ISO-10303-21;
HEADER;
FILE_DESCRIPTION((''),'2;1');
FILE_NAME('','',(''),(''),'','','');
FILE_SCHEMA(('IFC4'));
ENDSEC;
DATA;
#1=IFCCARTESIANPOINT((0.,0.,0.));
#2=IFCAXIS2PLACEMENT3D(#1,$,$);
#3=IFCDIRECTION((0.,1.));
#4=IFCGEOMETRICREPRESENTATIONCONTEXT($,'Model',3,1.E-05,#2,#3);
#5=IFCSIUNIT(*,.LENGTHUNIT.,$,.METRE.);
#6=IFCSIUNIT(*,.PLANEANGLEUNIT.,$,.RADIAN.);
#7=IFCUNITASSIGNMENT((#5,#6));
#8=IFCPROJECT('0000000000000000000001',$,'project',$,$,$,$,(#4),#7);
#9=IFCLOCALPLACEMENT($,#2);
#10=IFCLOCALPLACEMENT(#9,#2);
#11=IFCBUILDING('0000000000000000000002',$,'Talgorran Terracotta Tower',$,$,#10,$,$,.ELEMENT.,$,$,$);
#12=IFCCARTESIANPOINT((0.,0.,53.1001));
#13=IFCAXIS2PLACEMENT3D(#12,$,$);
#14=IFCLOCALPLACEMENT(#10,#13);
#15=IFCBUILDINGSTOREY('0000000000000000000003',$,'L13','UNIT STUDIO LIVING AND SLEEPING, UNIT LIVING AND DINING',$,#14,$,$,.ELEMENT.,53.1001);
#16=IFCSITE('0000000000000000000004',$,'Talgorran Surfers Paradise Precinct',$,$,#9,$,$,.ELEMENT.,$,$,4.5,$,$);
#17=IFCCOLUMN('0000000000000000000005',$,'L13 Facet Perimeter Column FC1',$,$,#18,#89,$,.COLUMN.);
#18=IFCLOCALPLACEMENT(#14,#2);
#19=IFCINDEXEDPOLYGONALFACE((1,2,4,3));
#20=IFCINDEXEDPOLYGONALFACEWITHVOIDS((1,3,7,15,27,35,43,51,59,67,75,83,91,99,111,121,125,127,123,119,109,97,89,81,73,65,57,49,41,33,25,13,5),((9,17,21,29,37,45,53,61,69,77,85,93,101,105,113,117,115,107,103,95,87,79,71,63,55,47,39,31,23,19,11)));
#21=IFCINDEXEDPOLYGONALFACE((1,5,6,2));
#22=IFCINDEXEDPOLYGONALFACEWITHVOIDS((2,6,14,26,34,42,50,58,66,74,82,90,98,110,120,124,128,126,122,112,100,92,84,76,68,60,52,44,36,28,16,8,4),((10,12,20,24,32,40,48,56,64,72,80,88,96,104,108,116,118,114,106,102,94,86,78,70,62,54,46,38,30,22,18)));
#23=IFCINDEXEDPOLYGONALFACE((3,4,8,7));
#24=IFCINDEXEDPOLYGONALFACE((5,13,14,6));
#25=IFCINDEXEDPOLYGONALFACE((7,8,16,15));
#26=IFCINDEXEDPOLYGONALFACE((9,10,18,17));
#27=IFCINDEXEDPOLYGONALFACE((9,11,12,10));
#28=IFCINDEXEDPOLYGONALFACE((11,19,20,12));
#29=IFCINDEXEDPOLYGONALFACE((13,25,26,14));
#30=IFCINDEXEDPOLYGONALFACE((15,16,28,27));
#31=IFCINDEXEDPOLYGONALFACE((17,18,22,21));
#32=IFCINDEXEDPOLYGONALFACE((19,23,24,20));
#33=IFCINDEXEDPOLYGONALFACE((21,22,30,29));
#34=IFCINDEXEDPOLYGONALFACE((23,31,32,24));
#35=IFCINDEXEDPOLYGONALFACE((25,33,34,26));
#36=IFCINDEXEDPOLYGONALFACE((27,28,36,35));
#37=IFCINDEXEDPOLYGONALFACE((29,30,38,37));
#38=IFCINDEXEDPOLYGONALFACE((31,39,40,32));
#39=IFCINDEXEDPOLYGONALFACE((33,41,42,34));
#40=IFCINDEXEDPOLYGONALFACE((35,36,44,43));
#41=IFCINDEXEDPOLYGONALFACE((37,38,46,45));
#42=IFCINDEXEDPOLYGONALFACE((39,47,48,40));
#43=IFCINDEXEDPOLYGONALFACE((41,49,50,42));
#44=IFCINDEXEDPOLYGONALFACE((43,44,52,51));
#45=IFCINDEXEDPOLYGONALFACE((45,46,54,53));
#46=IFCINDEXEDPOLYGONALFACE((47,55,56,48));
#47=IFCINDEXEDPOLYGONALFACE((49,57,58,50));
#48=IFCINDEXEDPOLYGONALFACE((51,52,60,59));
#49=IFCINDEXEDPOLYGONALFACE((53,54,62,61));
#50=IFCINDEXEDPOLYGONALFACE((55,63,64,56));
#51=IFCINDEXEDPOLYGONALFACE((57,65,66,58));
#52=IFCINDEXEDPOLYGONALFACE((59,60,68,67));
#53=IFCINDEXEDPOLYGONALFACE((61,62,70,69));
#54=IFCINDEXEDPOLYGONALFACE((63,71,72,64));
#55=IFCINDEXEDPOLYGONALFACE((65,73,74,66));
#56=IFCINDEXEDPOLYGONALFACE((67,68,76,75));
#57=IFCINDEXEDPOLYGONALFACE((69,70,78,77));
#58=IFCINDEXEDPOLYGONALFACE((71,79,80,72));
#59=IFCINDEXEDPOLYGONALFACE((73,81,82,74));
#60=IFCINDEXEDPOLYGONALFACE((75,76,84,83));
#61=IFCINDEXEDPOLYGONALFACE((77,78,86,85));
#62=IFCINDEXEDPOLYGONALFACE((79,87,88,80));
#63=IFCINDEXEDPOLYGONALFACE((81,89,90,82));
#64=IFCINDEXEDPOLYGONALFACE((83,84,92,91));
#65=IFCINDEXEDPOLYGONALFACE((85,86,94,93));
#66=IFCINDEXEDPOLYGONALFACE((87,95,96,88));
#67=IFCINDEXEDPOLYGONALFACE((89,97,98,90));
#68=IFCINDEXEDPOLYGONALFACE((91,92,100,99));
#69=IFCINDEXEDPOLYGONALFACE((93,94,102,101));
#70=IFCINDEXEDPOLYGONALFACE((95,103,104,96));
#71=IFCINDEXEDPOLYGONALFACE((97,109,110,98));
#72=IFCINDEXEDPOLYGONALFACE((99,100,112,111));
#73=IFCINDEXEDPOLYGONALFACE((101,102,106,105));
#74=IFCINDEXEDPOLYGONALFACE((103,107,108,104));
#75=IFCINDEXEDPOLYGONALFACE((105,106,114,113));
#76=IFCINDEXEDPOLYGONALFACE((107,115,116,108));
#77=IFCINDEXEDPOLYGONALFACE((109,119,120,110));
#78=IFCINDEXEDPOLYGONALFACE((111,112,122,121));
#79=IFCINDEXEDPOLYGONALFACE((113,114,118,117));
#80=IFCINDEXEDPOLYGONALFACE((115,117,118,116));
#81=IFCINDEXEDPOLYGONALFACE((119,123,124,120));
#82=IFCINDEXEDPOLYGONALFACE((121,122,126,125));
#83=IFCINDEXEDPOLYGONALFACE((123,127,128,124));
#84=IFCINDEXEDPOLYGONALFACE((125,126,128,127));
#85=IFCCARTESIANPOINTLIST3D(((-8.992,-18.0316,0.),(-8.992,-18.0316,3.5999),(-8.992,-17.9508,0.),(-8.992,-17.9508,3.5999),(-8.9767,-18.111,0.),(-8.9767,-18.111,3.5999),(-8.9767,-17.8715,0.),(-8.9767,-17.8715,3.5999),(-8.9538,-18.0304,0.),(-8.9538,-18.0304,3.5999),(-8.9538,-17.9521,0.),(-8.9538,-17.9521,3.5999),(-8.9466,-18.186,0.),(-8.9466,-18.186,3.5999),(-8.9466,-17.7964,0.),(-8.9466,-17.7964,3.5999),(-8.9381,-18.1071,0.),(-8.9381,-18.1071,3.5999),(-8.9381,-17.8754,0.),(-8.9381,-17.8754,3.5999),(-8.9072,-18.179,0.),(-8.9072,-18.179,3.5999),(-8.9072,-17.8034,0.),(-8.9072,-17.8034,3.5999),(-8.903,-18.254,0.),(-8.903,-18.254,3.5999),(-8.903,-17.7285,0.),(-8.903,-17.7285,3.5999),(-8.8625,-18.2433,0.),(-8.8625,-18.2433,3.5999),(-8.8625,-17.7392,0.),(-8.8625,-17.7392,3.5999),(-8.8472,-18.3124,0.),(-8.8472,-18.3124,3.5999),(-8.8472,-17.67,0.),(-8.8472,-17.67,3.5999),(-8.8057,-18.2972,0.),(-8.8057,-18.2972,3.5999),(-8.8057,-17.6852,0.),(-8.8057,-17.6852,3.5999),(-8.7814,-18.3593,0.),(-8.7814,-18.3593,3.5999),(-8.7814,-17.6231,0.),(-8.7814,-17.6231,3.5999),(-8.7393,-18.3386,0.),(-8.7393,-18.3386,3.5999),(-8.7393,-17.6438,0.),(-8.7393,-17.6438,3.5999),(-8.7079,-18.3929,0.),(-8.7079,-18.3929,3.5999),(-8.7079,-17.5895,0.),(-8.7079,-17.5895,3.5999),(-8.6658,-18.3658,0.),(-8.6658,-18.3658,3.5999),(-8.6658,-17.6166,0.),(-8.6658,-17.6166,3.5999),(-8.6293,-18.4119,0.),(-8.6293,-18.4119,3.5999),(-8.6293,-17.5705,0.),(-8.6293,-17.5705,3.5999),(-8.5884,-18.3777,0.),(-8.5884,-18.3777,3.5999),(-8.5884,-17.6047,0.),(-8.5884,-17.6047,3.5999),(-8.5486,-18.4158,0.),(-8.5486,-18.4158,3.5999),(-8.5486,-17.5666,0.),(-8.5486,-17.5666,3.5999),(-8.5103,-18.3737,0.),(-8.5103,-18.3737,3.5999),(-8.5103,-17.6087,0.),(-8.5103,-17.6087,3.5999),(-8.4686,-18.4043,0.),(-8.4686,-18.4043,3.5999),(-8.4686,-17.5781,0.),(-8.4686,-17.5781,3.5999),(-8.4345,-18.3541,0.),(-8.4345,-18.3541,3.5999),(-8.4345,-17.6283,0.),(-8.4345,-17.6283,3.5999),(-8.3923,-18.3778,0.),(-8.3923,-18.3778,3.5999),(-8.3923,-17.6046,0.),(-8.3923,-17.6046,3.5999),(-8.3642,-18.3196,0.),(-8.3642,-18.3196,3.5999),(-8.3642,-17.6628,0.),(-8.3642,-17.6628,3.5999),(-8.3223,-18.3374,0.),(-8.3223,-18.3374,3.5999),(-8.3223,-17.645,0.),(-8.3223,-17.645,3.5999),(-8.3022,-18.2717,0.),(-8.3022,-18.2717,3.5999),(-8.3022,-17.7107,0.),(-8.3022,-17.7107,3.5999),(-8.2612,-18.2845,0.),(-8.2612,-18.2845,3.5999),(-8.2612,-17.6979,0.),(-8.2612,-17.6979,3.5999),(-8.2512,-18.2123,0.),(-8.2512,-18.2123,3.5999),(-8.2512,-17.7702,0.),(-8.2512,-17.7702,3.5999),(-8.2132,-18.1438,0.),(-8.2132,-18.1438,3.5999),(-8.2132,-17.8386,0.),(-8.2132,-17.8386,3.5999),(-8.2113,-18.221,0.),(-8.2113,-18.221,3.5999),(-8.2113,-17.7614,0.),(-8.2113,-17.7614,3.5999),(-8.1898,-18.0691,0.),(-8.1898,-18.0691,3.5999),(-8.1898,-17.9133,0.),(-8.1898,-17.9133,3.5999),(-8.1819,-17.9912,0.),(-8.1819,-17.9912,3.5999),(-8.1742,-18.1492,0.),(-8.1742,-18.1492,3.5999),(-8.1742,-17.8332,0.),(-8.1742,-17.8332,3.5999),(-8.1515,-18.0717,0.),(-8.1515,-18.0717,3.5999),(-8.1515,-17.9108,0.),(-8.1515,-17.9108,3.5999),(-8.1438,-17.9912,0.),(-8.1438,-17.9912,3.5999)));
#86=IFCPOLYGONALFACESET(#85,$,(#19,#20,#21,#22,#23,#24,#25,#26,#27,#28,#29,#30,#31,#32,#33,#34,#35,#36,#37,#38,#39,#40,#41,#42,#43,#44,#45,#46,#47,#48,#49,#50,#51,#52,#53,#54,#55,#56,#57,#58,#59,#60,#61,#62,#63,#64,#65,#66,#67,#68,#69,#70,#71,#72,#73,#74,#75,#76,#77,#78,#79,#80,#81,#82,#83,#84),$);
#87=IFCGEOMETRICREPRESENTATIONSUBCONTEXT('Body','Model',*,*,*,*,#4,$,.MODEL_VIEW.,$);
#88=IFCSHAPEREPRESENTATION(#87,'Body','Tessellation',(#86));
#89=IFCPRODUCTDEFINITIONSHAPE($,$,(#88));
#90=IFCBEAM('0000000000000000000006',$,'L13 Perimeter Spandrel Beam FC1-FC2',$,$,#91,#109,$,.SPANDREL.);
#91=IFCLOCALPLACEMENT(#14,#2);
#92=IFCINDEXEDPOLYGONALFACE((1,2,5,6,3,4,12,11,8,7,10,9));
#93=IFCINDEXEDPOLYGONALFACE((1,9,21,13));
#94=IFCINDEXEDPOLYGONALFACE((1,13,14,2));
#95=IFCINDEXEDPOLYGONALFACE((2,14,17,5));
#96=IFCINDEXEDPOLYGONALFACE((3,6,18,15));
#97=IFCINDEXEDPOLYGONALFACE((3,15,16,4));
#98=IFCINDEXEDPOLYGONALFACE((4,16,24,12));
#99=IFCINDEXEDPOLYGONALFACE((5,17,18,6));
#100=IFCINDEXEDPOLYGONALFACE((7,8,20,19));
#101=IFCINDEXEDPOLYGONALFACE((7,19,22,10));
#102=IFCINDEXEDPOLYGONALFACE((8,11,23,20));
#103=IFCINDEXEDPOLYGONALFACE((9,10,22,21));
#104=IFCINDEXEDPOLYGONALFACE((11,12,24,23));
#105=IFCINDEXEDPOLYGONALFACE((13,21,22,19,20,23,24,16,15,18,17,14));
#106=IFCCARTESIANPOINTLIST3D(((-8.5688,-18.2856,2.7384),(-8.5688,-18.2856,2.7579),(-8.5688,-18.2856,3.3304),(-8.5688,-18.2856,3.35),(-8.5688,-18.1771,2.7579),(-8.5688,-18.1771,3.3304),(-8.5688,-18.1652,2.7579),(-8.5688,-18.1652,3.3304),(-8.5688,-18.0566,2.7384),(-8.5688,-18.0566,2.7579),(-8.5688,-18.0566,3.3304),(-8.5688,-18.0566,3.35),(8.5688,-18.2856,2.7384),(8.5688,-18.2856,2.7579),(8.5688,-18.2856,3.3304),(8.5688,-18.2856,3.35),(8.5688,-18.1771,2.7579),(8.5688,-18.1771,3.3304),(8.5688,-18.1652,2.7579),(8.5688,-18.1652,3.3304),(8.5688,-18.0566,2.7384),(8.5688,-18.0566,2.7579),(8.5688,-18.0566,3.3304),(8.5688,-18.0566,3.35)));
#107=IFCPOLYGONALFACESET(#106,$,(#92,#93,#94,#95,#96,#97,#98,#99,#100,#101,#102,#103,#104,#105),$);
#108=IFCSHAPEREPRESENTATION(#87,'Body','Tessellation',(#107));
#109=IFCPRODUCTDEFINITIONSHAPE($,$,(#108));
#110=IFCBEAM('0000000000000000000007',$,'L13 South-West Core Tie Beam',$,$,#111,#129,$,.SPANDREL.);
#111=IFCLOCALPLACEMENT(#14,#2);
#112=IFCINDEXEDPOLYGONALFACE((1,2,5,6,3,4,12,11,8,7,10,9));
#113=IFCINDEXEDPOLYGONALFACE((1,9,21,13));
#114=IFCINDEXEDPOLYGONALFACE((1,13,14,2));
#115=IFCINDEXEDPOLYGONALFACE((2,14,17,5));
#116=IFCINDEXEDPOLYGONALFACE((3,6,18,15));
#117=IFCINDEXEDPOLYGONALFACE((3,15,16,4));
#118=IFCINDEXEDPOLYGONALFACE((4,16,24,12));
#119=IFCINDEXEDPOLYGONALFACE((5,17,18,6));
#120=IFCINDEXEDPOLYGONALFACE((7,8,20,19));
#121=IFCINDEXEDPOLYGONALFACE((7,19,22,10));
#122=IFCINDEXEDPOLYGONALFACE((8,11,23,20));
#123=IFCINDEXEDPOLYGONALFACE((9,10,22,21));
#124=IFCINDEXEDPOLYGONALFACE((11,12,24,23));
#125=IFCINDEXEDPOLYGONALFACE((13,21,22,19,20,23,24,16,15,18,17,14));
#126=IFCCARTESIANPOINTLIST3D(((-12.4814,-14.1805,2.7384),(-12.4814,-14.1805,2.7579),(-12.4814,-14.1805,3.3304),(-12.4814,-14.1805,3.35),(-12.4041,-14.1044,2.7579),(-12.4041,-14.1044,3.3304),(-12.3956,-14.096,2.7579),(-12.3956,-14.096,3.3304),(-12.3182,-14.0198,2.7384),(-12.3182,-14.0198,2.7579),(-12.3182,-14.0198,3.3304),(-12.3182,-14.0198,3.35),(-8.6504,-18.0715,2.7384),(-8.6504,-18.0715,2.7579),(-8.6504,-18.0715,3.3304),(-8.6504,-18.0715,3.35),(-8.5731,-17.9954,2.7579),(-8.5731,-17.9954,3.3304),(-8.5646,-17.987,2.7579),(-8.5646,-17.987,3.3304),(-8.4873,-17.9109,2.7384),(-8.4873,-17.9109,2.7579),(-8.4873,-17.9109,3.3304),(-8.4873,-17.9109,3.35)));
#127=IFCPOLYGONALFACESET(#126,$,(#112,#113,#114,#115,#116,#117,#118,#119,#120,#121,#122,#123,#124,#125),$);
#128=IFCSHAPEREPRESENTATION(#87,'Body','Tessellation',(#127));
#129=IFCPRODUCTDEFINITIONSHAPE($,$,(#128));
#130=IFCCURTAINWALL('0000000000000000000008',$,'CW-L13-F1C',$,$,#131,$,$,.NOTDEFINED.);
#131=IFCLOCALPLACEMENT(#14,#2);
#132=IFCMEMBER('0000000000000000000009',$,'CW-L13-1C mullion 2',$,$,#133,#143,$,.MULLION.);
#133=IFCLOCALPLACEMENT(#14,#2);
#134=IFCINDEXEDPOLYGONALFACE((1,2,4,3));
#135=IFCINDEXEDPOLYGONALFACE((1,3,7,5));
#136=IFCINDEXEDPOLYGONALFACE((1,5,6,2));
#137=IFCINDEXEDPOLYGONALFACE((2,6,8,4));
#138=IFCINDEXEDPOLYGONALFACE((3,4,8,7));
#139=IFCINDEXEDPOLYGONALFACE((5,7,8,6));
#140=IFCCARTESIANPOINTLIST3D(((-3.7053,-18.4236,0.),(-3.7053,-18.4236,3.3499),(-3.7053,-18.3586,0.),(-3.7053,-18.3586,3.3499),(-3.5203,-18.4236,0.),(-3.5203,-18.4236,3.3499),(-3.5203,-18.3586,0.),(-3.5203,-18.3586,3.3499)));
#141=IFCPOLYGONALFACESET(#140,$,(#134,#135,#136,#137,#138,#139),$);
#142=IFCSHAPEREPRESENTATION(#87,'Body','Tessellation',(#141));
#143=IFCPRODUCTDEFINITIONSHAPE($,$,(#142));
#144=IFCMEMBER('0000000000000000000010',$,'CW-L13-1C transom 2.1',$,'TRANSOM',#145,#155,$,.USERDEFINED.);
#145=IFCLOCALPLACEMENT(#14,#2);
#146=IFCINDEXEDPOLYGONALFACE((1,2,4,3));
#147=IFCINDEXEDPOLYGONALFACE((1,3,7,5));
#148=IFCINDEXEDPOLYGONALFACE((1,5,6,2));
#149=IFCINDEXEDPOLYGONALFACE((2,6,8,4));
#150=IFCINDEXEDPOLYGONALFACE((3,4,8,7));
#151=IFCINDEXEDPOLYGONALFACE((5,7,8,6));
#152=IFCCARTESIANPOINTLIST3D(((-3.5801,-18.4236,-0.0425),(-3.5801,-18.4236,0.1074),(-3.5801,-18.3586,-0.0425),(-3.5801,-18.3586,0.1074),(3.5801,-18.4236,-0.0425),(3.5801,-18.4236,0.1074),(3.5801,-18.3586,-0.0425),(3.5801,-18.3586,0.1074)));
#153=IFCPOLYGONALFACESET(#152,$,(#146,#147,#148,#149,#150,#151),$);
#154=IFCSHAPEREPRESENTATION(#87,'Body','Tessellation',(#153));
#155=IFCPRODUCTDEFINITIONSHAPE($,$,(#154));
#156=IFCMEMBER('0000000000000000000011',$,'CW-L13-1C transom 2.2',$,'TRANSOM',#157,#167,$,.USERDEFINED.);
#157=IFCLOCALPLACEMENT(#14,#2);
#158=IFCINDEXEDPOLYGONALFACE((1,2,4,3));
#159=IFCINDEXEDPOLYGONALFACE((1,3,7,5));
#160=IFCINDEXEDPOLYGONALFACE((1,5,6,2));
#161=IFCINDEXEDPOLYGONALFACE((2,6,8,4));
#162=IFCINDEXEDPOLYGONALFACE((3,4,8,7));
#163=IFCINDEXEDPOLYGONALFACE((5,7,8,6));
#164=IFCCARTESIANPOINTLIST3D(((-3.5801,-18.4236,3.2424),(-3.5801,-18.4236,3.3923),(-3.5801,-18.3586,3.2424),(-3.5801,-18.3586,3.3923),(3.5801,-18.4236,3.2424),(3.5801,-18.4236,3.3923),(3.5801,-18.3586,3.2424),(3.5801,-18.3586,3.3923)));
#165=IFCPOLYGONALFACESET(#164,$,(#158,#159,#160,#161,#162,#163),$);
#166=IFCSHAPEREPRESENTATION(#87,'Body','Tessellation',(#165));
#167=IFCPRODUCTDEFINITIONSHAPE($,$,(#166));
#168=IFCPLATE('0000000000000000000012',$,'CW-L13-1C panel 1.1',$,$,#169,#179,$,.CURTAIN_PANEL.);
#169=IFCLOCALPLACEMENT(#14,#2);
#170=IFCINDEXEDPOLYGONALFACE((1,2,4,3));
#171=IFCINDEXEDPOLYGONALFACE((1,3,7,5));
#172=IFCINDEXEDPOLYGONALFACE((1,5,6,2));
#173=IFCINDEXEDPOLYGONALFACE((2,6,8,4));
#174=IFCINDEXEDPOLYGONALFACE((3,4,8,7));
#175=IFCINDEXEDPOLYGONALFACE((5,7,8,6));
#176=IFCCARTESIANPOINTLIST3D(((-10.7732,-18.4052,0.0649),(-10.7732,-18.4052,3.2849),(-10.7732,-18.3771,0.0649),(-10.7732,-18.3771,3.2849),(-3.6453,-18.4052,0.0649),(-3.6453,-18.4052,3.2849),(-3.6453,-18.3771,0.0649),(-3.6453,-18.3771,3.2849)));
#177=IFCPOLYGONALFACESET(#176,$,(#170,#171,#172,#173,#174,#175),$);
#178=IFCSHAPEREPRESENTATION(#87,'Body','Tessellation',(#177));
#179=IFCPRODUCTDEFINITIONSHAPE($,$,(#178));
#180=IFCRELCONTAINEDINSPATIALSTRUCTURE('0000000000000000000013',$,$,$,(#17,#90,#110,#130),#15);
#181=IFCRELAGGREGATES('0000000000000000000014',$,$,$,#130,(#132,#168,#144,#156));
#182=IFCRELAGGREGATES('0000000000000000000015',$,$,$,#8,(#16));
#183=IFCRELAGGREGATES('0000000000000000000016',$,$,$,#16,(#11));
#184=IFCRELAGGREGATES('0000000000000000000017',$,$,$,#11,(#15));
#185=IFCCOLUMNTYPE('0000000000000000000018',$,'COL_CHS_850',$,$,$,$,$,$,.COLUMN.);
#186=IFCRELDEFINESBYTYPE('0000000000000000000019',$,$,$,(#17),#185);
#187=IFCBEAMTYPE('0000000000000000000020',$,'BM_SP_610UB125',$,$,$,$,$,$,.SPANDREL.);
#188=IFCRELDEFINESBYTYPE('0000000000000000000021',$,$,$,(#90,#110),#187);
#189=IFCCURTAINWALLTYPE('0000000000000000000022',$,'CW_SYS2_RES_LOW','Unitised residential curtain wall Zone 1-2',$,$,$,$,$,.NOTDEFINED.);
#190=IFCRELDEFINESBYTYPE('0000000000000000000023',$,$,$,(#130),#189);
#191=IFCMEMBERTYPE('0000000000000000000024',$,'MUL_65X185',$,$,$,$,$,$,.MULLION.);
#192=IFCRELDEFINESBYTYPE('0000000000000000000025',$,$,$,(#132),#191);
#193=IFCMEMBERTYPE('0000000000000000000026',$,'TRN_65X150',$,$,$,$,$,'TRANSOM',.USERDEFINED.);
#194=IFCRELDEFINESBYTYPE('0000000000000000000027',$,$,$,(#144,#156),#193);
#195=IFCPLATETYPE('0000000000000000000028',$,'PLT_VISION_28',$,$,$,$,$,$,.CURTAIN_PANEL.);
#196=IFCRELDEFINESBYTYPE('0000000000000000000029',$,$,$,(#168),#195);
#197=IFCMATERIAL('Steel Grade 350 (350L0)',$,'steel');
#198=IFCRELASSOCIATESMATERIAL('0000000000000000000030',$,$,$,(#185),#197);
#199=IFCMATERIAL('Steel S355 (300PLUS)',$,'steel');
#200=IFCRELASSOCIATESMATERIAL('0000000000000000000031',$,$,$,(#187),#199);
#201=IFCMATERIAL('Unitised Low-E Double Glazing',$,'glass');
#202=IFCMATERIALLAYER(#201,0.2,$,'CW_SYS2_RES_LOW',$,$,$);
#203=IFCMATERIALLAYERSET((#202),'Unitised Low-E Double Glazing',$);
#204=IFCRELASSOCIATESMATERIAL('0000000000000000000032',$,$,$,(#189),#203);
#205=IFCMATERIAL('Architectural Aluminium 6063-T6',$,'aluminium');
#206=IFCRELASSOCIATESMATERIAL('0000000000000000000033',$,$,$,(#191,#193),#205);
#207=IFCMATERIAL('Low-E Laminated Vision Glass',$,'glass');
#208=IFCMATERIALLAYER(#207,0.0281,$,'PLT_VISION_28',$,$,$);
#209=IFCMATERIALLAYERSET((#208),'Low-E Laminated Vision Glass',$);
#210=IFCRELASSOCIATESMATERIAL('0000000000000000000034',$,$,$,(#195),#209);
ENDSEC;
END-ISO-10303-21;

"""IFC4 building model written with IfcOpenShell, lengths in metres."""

from ifc_helpers import new_model, si_unit, direction, frame, origin, origin_2d, place, context, subcontext, project, spatial, rectangle, hollow_circle, i_section, extrude, source, transform, mapped, material, layer, layer_set, material_profile, profile_set, type_object, type_shapes, element, aggregate, save


model = new_model("IFC4")

# Units and contexts
model_context = context("Model", 3, precision=1e-05, world=origin(), true_north=direction((0.0, 1.0)))
body_context = subcontext(model_context, "Body", "Model", "MODEL_VIEW")
ifc_project = project(units=[si_unit("LENGTHUNIT", "METRE"), si_unit("PLANEANGLEUNIT", "RADIAN")], contexts=[model_context])

# Site, building, storey
site_placement = place(None, origin())
site = spatial("IfcSite", under=ifc_project, at=site_placement, Name="Talgorran Surfers Paradise Precinct", CompositionType="ELEMENT", RefElevation=4.5)
building_placement = place(site_placement, origin())
building = spatial("IfcBuilding", under=site, at=building_placement, Name="Talgorran Terracotta Tower", CompositionType="ELEMENT")
storey_placement = place(building_placement, frame((0.0, 0.0, 53.1001)))
storey = spatial("IfcBuildingStorey", under=building, at=storey_placement, Name="L13", Description="UNIT STUDIO LIVING AND SLEEPING, UNIT LIVING AND DINING", CompositionType="ELEMENT", Elevation=53.1001)

# Column
ifc_material_1 = material(Name="Steel Grade 350 (350L0)", Category="steel")
ifc_material_profile_1 = material_profile(ifc_material_1, hollow_circle(Radius=0.425, WallThickness=0.0381, at=origin_2d()), Name="CHS850X38")
ifc_profile_set_1 = profile_set([ifc_material_profile_1], Name="Steel Grade 350 (350L0)")
column_type = type_object("IfcColumnType", Name="COL_CHS_850", PredefinedType="COLUMN", material=ifc_profile_set_1)
column_placement = place(storey_placement, frame((-8.5688, -17.9912, 0.0), z_axis=(0.0, 0.0, 1.0), x_axis=(1.0, 0.0, 0.0)))
element("IfcColumn", 1, at=column_placement, inside=storey, type_object=column_type, Name="L13 Facet Perimeter Column FC1", PredefinedType="COLUMN", context=body_context, shape_type="SweptSolid", body=[
    extrude(hollow_circle(Radius=0.425, WallThickness=0.0381, at=origin_2d()), origin(), (0.0, 0.0, 1.0), 3.5999),
])

# Beams
ifc_material_2 = material(Name="Steel S355 (300PLUS)", Category="steel")
ifc_material_profile_2 = material_profile(ifc_material_2, i_section(OverallWidth=0.229, OverallDepth=0.6116, WebThickness=0.012, FlangeThickness=0.0195, at=origin_2d()), Name="610UB125")
ifc_profile_set_2 = profile_set([ifc_material_profile_2], Name="Steel S355 (300PLUS)")
beam_type = type_object("IfcBeamType", Name="BM_SP_610UB125", PredefinedType="SPANDREL", material=ifc_profile_set_2)
beam_1_placement = place(storey_placement, frame((-8.5688, -18.1711, 3.0442), z_axis=(1.0, 0.0, 0.0), x_axis=(0.0, 1.0, 0.0)))
element("IfcBeam", 2, at=beam_1_placement, inside=storey, type_object=beam_type, Name="L13 Perimeter Spandrel Beam FC1-FC2", PredefinedType="SPANDREL", context=body_context, shape_type="SweptSolid", body=[
    extrude(i_section(OverallWidth=0.229, OverallDepth=0.6116, WebThickness=0.012, FlangeThickness=0.0195, at=origin_2d()), origin(), (0.0, 0.0, 1.0), 17.1377),
])
beam_2_placement = place(storey_placement, frame((-8.5688, -17.9912, 3.0442), z_axis=(-0.701586, 0.712585, 0.0), x_axis=(-0.712585, -0.701586, 0.0)))
element("IfcBeam", 3, at=beam_2_placement, inside=storey, type_object=beam_type, Name="L13 South-West Core Tie Beam", PredefinedType="SPANDREL", context=body_context, shape_type="SweptSolid", body=[
    extrude(i_section(OverallWidth=0.229, OverallDepth=0.6116, WebThickness=0.012, FlangeThickness=0.0195, at=origin_2d()), origin(), (0.0, 0.0, 1.0), 5.4604),
])

# Curtain wall, members, plate
ifc_material_3 = material(Name="Unitised Low-E Double Glazing", Category="glass")
ifc_layer_1 = layer(ifc_material_3, 0.2, Name="CW_SYS2_RES_LOW")
ifc_layer_set_1 = layer_set([ifc_layer_1], Name="Unitised Low-E Double Glazing")
curtain_wall_type = type_object("IfcCurtainWallType", Name="CW_SYS2_RES_LOW", Description="Unitised residential curtain wall Zone 1-2", PredefinedType="NOTDEFINED", material=ifc_layer_set_1)
curtain_wall_placement = place(storey_placement, origin())
curtain_wall = element("IfcCurtainWall", 4, at=curtain_wall_placement, inside=storey, type_object=curtain_wall_type, Name="CW-L13-F1C", PredefinedType="NOTDEFINED")
ifc_material_4 = material(Name="Architectural Aluminium 6063-T6", Category="aluminium")
ifc_material_profile_3 = material_profile(ifc_material_4, rectangle(XDim=0.0649, YDim=0.1851, at=origin_2d()), Name="CWM65X185")
ifc_profile_set_3 = profile_set([ifc_material_profile_3], Name="Architectural Aluminium 6063-T6")
member_type_1 = type_object("IfcMemberType", Name="MUL_65X185", PredefinedType="MULLION", material=ifc_profile_set_3)
member_1_placement = place(storey_placement, frame((-3.6128, -18.3911, 0.0), z_axis=(0.0, 0.0, 1.0), x_axis=(0.0, 1.0, 0.0)))
member_1 = element("IfcMember", 5, at=member_1_placement, type_object=member_type_1, Name="CW-L13-1C mullion 2", PredefinedType="MULLION", context=body_context, shape_type="SweptSolid", body=[
    extrude(rectangle(XDim=0.0649, YDim=0.1851, at=origin_2d()), origin(), (0.0, 0.0, 1.0), 3.3499),
])
ifc_material_profile_4 = material_profile(ifc_material_4, rectangle(XDim=0.0649, YDim=0.1499, at=origin_2d()), Name="CWT65X150")
ifc_profile_set_4 = profile_set([ifc_material_profile_4], Name="Architectural Aluminium 6063-T6")
member_type_2 = type_object("IfcMemberType", Name="TRN_65X150", ElementType="TRANSOM", PredefinedType="USERDEFINED", material=ifc_profile_set_4)
member_2_placement = place(storey_placement, frame((-3.5801, -18.3911, 0.0325), z_axis=(1.0, 0.0, 0.0), x_axis=(0.0, 1.0, 0.0)))
member_2 = element("IfcMember", 6, at=member_2_placement, type_object=member_type_2, Name="CW-L13-1C transom 2.1", ObjectType="TRANSOM", PredefinedType="USERDEFINED", context=body_context, shape_type="SweptSolid", body=[
    extrude(rectangle(XDim=0.0649, YDim=0.1499, at=origin_2d()), origin(), (0.0, 0.0, 1.0), 7.1602),
])
member_3_placement = place(storey_placement, frame((-3.5801, -18.3911, 3.3174), z_axis=(1.0, 0.0, 0.0), x_axis=(0.0, 1.0, 0.0)))
member_3 = element("IfcMember", 7, at=member_3_placement, type_object=member_type_2, Name="CW-L13-1C transom 2.2", ObjectType="TRANSOM", PredefinedType="USERDEFINED", context=body_context, shape_type="SweptSolid", body=[
    extrude(rectangle(XDim=0.0649, YDim=0.1499, at=origin_2d()), origin(), (0.0, 0.0, 1.0), 7.1602),
])
ifc_material_5 = material(Name="Low-E Laminated Vision Glass", Category="glass")
ifc_layer_2 = layer(ifc_material_5, 0.0281, Name="PLT_VISION_28")
ifc_layer_set_2 = layer_set([ifc_layer_2], Name="Low-E Laminated Vision Glass")
plate_type = type_object("IfcPlateType", Name="PLT_VISION_28", PredefinedType="CURTAIN_PANEL", material=ifc_layer_set_2)
shared_shape = source(origin(), body_context, "Body", "SweptSolid", [
    extrude(rectangle(XDim=7.1279, YDim=0.0281, at=origin_2d()), origin(), (0.0, 0.0, 1.0), 3.22),
])
type_shapes(plate_type, [shared_shape])
plate_placement = place(storey_placement, frame((-7.2092, -18.3911, 0.0649), z_axis=(0.0, 0.0, 1.0), x_axis=(1.0, 0.0, 0.0)))
plate = element("IfcPlate", 8, at=plate_placement, type_object=plate_type, Name="CW-L13-1C panel 1.1", PredefinedType="CURTAIN_PANEL", context=body_context, shape_type="MappedRepresentation", body=[
    mapped(shared_shape, transform((0.0, 0.0, 0.0), scale=1.0)),
])
aggregate(curtain_wall, [member_1, plate, member_2, member_3])

save(model, "model.ifc")
